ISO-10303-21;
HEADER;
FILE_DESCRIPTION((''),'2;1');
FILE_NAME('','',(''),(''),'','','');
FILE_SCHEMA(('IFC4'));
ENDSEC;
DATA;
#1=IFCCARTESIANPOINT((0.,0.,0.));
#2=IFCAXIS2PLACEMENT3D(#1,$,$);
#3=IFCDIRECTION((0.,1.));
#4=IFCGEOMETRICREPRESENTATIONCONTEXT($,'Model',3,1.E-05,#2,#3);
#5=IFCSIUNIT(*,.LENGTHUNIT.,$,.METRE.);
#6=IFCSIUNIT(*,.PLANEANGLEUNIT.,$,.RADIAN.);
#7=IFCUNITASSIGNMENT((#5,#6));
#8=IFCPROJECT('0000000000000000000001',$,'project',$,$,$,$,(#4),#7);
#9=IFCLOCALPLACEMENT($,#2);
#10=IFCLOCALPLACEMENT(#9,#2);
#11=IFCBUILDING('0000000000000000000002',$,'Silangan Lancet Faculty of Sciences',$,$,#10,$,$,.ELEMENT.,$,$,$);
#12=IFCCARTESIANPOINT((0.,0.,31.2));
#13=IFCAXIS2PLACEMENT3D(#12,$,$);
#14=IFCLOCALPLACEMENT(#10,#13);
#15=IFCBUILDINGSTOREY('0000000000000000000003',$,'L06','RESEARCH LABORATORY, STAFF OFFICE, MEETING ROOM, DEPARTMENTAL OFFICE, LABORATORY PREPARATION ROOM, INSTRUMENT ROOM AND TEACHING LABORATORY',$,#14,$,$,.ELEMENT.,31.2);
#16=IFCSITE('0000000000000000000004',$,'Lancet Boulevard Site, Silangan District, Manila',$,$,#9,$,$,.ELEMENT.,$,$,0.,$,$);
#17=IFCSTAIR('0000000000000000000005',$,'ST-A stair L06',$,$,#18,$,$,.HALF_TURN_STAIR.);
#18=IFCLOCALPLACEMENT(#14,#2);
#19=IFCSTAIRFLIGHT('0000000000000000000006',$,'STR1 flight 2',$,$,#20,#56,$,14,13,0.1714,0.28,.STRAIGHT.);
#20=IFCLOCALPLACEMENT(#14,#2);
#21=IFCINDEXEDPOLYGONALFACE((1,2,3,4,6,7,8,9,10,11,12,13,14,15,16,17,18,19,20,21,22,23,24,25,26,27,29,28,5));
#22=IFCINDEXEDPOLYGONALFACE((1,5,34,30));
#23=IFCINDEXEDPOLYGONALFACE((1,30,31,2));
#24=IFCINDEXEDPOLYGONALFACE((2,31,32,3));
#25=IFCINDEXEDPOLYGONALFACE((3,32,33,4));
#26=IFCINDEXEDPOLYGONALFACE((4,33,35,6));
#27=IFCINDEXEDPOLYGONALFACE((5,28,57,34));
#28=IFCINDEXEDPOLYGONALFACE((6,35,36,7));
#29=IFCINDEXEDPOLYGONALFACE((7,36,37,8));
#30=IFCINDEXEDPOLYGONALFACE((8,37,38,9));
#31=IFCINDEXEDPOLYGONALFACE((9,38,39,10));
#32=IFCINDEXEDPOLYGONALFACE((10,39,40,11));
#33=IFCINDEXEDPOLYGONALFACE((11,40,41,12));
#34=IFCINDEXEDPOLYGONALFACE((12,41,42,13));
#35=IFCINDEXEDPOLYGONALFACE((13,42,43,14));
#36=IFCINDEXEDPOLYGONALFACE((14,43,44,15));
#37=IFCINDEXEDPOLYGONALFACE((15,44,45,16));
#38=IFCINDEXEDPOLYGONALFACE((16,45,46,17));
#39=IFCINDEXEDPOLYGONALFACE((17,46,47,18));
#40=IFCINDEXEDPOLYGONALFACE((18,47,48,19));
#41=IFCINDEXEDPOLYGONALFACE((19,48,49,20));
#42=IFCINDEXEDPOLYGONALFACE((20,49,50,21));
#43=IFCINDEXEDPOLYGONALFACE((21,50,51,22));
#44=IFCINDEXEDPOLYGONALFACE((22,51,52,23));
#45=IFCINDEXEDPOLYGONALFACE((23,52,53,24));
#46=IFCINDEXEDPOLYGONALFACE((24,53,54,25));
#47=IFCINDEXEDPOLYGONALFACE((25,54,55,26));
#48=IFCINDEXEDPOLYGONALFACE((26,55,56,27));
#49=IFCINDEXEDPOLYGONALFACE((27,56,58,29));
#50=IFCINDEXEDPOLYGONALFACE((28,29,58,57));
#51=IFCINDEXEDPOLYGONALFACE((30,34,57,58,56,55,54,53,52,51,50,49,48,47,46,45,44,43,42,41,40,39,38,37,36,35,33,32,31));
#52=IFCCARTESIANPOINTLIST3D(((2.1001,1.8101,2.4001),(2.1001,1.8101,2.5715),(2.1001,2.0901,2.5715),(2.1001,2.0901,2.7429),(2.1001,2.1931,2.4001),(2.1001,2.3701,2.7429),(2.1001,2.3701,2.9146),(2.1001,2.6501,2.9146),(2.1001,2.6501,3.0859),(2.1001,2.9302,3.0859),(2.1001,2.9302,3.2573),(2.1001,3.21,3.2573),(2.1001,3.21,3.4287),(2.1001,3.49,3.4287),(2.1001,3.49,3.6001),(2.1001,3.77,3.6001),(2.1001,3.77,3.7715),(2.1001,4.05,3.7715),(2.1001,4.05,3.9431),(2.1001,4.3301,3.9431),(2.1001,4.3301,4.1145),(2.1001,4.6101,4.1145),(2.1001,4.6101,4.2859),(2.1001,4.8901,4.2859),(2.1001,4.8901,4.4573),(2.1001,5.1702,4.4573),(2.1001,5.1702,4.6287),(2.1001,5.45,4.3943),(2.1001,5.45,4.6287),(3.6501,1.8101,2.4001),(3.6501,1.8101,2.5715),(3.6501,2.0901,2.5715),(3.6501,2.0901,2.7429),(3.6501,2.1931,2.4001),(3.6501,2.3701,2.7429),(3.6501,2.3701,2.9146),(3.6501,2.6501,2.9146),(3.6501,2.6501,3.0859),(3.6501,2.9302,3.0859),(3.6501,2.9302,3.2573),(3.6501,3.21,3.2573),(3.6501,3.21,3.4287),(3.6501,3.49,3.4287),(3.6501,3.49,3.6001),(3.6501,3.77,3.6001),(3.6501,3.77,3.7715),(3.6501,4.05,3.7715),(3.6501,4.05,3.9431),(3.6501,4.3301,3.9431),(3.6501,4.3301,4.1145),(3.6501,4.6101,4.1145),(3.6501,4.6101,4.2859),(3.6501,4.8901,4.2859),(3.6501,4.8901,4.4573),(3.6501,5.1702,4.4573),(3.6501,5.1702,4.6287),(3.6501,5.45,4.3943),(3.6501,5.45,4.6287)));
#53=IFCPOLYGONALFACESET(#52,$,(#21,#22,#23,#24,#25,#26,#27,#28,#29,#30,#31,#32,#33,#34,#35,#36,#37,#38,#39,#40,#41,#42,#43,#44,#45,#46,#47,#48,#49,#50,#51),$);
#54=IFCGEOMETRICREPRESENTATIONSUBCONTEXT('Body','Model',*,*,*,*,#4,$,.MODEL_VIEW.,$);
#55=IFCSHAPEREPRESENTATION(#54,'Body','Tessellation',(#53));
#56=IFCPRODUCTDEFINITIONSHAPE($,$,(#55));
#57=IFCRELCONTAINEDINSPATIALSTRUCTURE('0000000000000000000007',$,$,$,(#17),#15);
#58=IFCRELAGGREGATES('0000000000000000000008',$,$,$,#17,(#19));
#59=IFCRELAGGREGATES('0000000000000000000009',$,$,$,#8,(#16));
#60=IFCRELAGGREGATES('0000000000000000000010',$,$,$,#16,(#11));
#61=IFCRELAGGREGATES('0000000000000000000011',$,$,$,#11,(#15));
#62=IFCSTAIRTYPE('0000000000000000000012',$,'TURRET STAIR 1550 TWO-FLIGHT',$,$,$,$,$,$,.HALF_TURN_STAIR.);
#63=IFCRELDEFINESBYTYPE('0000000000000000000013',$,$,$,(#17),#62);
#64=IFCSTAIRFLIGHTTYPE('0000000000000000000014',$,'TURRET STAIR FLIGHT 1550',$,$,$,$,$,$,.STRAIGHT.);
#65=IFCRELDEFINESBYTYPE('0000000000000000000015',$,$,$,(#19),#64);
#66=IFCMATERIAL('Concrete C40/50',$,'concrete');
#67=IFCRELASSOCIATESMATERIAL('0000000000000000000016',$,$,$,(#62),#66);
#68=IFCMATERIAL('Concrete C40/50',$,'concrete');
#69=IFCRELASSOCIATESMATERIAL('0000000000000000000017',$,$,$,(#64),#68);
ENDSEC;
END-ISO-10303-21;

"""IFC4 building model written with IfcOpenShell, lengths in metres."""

from ifc_helpers import new_model, si_unit, direction, frame, origin, place, context, subcontext, project, spatial, polyline, outline, extrude, material, type_object, element, aggregate, save


model = new_model("IFC4")

# Units and contexts
model_context = context("Model", 3, precision=1e-05, world=origin(), true_north=direction((0.0, 1.0)))
body_context = subcontext(model_context, "Body", "Model", "MODEL_VIEW")
ifc_project = project(units=[si_unit("LENGTHUNIT", "METRE"), si_unit("PLANEANGLEUNIT", "RADIAN")], contexts=[model_context])

# Site, building, storey
site_placement = place(None, origin())
site = spatial("IfcSite", under=ifc_project, at=site_placement, Name="Lancet Boulevard Site, Silangan District, Manila", CompositionType="ELEMENT", RefElevation=0.0)
building_placement = place(site_placement, origin())
building = spatial("IfcBuilding", under=site, at=building_placement, Name="Silangan Lancet Faculty of Sciences", CompositionType="ELEMENT")
storey_placement = place(building_placement, frame((0.0, 0.0, 31.2)))
storey = spatial("IfcBuildingStorey", under=building, at=storey_placement, Name="L06", Description="RESEARCH LABORATORY, STAFF OFFICE, MEETING ROOM, DEPARTMENTAL OFFICE, LABORATORY PREPARATION ROOM, INSTRUMENT ROOM AND TEACHING LABORATORY", CompositionType="ELEMENT", Elevation=31.2)

# Stair, stair flight
ifc_material_1 = material(Name="Concrete C40/50", Category="concrete")
stair_type = type_object("IfcStairType", Name="TURRET STAIR 1550 TWO-FLIGHT", PredefinedType="HALF_TURN_STAIR", material=ifc_material_1)
stair_placement = place(storey_placement, origin())
stair = element("IfcStair", 1, at=stair_placement, inside=storey, type_object=stair_type, Name="ST-A stair L06", PredefinedType="HALF_TURN_STAIR")
ifc_material_2 = material(Name="Concrete C40/50", Category="concrete")
stair_flight_type = type_object("IfcStairFlightType", Name="TURRET STAIR FLIGHT 1550", PredefinedType="STRAIGHT", material=ifc_material_2)
stair_flight_placement = place(storey_placement, frame((2.875, 1.8101, 2.4001), z_axis=(0.0, 0.0, 1.0), x_axis=(0.0, 1.0, 0.0)))
stair_flight = element("IfcStairFlight", 2, at=stair_flight_placement, type_object=stair_flight_type, Name="STR1 flight 2", NumberOfRisers=14, NumberOfTreads=13, PredefinedType="STRAIGHT", RiserHeight=0.1714, TreadLength=0.28, context=body_context, shape_type="SweptSolid", body=[
    extrude(outline(polyline([(0.0, 0.0), (0.0, 0.1714), (0.28, 0.1714), (0.28, 0.3428), (0.5601, 0.3428), (0.5601, 0.5144), (0.8401, 0.5144), (0.8401, 0.6858), (1.1201, 0.6858), (1.1201, 0.8572), (1.3999, 0.8572), (1.3999, 1.0286), (1.6799, 1.0286), (1.6799, 1.2), (1.96, 1.2), (1.96, 1.3713), (2.24, 1.3713), (2.24, 1.543), (2.52, 1.543), (2.52, 1.7144), (2.8, 1.7144), (2.8, 1.8857), (3.0801, 1.8857), (3.0801, 2.0571), (3.3601, 2.0571), (3.3601, 2.2285), (3.6399, 2.2285), (3.6399, 2.3999), (3.6399, 1.9941), (0.3831, 0.0), (0.0, 0.0)])), frame((0.0, 0.7749, 0.0), z_axis=(0.0, -1.0, 0.0), x_axis=(1.0, 0.0, 0.0)), (0.0, 0.0, 1.0), 1.55),
])
aggregate(stair, [stair_flight])

save(model, "model.ifc")
